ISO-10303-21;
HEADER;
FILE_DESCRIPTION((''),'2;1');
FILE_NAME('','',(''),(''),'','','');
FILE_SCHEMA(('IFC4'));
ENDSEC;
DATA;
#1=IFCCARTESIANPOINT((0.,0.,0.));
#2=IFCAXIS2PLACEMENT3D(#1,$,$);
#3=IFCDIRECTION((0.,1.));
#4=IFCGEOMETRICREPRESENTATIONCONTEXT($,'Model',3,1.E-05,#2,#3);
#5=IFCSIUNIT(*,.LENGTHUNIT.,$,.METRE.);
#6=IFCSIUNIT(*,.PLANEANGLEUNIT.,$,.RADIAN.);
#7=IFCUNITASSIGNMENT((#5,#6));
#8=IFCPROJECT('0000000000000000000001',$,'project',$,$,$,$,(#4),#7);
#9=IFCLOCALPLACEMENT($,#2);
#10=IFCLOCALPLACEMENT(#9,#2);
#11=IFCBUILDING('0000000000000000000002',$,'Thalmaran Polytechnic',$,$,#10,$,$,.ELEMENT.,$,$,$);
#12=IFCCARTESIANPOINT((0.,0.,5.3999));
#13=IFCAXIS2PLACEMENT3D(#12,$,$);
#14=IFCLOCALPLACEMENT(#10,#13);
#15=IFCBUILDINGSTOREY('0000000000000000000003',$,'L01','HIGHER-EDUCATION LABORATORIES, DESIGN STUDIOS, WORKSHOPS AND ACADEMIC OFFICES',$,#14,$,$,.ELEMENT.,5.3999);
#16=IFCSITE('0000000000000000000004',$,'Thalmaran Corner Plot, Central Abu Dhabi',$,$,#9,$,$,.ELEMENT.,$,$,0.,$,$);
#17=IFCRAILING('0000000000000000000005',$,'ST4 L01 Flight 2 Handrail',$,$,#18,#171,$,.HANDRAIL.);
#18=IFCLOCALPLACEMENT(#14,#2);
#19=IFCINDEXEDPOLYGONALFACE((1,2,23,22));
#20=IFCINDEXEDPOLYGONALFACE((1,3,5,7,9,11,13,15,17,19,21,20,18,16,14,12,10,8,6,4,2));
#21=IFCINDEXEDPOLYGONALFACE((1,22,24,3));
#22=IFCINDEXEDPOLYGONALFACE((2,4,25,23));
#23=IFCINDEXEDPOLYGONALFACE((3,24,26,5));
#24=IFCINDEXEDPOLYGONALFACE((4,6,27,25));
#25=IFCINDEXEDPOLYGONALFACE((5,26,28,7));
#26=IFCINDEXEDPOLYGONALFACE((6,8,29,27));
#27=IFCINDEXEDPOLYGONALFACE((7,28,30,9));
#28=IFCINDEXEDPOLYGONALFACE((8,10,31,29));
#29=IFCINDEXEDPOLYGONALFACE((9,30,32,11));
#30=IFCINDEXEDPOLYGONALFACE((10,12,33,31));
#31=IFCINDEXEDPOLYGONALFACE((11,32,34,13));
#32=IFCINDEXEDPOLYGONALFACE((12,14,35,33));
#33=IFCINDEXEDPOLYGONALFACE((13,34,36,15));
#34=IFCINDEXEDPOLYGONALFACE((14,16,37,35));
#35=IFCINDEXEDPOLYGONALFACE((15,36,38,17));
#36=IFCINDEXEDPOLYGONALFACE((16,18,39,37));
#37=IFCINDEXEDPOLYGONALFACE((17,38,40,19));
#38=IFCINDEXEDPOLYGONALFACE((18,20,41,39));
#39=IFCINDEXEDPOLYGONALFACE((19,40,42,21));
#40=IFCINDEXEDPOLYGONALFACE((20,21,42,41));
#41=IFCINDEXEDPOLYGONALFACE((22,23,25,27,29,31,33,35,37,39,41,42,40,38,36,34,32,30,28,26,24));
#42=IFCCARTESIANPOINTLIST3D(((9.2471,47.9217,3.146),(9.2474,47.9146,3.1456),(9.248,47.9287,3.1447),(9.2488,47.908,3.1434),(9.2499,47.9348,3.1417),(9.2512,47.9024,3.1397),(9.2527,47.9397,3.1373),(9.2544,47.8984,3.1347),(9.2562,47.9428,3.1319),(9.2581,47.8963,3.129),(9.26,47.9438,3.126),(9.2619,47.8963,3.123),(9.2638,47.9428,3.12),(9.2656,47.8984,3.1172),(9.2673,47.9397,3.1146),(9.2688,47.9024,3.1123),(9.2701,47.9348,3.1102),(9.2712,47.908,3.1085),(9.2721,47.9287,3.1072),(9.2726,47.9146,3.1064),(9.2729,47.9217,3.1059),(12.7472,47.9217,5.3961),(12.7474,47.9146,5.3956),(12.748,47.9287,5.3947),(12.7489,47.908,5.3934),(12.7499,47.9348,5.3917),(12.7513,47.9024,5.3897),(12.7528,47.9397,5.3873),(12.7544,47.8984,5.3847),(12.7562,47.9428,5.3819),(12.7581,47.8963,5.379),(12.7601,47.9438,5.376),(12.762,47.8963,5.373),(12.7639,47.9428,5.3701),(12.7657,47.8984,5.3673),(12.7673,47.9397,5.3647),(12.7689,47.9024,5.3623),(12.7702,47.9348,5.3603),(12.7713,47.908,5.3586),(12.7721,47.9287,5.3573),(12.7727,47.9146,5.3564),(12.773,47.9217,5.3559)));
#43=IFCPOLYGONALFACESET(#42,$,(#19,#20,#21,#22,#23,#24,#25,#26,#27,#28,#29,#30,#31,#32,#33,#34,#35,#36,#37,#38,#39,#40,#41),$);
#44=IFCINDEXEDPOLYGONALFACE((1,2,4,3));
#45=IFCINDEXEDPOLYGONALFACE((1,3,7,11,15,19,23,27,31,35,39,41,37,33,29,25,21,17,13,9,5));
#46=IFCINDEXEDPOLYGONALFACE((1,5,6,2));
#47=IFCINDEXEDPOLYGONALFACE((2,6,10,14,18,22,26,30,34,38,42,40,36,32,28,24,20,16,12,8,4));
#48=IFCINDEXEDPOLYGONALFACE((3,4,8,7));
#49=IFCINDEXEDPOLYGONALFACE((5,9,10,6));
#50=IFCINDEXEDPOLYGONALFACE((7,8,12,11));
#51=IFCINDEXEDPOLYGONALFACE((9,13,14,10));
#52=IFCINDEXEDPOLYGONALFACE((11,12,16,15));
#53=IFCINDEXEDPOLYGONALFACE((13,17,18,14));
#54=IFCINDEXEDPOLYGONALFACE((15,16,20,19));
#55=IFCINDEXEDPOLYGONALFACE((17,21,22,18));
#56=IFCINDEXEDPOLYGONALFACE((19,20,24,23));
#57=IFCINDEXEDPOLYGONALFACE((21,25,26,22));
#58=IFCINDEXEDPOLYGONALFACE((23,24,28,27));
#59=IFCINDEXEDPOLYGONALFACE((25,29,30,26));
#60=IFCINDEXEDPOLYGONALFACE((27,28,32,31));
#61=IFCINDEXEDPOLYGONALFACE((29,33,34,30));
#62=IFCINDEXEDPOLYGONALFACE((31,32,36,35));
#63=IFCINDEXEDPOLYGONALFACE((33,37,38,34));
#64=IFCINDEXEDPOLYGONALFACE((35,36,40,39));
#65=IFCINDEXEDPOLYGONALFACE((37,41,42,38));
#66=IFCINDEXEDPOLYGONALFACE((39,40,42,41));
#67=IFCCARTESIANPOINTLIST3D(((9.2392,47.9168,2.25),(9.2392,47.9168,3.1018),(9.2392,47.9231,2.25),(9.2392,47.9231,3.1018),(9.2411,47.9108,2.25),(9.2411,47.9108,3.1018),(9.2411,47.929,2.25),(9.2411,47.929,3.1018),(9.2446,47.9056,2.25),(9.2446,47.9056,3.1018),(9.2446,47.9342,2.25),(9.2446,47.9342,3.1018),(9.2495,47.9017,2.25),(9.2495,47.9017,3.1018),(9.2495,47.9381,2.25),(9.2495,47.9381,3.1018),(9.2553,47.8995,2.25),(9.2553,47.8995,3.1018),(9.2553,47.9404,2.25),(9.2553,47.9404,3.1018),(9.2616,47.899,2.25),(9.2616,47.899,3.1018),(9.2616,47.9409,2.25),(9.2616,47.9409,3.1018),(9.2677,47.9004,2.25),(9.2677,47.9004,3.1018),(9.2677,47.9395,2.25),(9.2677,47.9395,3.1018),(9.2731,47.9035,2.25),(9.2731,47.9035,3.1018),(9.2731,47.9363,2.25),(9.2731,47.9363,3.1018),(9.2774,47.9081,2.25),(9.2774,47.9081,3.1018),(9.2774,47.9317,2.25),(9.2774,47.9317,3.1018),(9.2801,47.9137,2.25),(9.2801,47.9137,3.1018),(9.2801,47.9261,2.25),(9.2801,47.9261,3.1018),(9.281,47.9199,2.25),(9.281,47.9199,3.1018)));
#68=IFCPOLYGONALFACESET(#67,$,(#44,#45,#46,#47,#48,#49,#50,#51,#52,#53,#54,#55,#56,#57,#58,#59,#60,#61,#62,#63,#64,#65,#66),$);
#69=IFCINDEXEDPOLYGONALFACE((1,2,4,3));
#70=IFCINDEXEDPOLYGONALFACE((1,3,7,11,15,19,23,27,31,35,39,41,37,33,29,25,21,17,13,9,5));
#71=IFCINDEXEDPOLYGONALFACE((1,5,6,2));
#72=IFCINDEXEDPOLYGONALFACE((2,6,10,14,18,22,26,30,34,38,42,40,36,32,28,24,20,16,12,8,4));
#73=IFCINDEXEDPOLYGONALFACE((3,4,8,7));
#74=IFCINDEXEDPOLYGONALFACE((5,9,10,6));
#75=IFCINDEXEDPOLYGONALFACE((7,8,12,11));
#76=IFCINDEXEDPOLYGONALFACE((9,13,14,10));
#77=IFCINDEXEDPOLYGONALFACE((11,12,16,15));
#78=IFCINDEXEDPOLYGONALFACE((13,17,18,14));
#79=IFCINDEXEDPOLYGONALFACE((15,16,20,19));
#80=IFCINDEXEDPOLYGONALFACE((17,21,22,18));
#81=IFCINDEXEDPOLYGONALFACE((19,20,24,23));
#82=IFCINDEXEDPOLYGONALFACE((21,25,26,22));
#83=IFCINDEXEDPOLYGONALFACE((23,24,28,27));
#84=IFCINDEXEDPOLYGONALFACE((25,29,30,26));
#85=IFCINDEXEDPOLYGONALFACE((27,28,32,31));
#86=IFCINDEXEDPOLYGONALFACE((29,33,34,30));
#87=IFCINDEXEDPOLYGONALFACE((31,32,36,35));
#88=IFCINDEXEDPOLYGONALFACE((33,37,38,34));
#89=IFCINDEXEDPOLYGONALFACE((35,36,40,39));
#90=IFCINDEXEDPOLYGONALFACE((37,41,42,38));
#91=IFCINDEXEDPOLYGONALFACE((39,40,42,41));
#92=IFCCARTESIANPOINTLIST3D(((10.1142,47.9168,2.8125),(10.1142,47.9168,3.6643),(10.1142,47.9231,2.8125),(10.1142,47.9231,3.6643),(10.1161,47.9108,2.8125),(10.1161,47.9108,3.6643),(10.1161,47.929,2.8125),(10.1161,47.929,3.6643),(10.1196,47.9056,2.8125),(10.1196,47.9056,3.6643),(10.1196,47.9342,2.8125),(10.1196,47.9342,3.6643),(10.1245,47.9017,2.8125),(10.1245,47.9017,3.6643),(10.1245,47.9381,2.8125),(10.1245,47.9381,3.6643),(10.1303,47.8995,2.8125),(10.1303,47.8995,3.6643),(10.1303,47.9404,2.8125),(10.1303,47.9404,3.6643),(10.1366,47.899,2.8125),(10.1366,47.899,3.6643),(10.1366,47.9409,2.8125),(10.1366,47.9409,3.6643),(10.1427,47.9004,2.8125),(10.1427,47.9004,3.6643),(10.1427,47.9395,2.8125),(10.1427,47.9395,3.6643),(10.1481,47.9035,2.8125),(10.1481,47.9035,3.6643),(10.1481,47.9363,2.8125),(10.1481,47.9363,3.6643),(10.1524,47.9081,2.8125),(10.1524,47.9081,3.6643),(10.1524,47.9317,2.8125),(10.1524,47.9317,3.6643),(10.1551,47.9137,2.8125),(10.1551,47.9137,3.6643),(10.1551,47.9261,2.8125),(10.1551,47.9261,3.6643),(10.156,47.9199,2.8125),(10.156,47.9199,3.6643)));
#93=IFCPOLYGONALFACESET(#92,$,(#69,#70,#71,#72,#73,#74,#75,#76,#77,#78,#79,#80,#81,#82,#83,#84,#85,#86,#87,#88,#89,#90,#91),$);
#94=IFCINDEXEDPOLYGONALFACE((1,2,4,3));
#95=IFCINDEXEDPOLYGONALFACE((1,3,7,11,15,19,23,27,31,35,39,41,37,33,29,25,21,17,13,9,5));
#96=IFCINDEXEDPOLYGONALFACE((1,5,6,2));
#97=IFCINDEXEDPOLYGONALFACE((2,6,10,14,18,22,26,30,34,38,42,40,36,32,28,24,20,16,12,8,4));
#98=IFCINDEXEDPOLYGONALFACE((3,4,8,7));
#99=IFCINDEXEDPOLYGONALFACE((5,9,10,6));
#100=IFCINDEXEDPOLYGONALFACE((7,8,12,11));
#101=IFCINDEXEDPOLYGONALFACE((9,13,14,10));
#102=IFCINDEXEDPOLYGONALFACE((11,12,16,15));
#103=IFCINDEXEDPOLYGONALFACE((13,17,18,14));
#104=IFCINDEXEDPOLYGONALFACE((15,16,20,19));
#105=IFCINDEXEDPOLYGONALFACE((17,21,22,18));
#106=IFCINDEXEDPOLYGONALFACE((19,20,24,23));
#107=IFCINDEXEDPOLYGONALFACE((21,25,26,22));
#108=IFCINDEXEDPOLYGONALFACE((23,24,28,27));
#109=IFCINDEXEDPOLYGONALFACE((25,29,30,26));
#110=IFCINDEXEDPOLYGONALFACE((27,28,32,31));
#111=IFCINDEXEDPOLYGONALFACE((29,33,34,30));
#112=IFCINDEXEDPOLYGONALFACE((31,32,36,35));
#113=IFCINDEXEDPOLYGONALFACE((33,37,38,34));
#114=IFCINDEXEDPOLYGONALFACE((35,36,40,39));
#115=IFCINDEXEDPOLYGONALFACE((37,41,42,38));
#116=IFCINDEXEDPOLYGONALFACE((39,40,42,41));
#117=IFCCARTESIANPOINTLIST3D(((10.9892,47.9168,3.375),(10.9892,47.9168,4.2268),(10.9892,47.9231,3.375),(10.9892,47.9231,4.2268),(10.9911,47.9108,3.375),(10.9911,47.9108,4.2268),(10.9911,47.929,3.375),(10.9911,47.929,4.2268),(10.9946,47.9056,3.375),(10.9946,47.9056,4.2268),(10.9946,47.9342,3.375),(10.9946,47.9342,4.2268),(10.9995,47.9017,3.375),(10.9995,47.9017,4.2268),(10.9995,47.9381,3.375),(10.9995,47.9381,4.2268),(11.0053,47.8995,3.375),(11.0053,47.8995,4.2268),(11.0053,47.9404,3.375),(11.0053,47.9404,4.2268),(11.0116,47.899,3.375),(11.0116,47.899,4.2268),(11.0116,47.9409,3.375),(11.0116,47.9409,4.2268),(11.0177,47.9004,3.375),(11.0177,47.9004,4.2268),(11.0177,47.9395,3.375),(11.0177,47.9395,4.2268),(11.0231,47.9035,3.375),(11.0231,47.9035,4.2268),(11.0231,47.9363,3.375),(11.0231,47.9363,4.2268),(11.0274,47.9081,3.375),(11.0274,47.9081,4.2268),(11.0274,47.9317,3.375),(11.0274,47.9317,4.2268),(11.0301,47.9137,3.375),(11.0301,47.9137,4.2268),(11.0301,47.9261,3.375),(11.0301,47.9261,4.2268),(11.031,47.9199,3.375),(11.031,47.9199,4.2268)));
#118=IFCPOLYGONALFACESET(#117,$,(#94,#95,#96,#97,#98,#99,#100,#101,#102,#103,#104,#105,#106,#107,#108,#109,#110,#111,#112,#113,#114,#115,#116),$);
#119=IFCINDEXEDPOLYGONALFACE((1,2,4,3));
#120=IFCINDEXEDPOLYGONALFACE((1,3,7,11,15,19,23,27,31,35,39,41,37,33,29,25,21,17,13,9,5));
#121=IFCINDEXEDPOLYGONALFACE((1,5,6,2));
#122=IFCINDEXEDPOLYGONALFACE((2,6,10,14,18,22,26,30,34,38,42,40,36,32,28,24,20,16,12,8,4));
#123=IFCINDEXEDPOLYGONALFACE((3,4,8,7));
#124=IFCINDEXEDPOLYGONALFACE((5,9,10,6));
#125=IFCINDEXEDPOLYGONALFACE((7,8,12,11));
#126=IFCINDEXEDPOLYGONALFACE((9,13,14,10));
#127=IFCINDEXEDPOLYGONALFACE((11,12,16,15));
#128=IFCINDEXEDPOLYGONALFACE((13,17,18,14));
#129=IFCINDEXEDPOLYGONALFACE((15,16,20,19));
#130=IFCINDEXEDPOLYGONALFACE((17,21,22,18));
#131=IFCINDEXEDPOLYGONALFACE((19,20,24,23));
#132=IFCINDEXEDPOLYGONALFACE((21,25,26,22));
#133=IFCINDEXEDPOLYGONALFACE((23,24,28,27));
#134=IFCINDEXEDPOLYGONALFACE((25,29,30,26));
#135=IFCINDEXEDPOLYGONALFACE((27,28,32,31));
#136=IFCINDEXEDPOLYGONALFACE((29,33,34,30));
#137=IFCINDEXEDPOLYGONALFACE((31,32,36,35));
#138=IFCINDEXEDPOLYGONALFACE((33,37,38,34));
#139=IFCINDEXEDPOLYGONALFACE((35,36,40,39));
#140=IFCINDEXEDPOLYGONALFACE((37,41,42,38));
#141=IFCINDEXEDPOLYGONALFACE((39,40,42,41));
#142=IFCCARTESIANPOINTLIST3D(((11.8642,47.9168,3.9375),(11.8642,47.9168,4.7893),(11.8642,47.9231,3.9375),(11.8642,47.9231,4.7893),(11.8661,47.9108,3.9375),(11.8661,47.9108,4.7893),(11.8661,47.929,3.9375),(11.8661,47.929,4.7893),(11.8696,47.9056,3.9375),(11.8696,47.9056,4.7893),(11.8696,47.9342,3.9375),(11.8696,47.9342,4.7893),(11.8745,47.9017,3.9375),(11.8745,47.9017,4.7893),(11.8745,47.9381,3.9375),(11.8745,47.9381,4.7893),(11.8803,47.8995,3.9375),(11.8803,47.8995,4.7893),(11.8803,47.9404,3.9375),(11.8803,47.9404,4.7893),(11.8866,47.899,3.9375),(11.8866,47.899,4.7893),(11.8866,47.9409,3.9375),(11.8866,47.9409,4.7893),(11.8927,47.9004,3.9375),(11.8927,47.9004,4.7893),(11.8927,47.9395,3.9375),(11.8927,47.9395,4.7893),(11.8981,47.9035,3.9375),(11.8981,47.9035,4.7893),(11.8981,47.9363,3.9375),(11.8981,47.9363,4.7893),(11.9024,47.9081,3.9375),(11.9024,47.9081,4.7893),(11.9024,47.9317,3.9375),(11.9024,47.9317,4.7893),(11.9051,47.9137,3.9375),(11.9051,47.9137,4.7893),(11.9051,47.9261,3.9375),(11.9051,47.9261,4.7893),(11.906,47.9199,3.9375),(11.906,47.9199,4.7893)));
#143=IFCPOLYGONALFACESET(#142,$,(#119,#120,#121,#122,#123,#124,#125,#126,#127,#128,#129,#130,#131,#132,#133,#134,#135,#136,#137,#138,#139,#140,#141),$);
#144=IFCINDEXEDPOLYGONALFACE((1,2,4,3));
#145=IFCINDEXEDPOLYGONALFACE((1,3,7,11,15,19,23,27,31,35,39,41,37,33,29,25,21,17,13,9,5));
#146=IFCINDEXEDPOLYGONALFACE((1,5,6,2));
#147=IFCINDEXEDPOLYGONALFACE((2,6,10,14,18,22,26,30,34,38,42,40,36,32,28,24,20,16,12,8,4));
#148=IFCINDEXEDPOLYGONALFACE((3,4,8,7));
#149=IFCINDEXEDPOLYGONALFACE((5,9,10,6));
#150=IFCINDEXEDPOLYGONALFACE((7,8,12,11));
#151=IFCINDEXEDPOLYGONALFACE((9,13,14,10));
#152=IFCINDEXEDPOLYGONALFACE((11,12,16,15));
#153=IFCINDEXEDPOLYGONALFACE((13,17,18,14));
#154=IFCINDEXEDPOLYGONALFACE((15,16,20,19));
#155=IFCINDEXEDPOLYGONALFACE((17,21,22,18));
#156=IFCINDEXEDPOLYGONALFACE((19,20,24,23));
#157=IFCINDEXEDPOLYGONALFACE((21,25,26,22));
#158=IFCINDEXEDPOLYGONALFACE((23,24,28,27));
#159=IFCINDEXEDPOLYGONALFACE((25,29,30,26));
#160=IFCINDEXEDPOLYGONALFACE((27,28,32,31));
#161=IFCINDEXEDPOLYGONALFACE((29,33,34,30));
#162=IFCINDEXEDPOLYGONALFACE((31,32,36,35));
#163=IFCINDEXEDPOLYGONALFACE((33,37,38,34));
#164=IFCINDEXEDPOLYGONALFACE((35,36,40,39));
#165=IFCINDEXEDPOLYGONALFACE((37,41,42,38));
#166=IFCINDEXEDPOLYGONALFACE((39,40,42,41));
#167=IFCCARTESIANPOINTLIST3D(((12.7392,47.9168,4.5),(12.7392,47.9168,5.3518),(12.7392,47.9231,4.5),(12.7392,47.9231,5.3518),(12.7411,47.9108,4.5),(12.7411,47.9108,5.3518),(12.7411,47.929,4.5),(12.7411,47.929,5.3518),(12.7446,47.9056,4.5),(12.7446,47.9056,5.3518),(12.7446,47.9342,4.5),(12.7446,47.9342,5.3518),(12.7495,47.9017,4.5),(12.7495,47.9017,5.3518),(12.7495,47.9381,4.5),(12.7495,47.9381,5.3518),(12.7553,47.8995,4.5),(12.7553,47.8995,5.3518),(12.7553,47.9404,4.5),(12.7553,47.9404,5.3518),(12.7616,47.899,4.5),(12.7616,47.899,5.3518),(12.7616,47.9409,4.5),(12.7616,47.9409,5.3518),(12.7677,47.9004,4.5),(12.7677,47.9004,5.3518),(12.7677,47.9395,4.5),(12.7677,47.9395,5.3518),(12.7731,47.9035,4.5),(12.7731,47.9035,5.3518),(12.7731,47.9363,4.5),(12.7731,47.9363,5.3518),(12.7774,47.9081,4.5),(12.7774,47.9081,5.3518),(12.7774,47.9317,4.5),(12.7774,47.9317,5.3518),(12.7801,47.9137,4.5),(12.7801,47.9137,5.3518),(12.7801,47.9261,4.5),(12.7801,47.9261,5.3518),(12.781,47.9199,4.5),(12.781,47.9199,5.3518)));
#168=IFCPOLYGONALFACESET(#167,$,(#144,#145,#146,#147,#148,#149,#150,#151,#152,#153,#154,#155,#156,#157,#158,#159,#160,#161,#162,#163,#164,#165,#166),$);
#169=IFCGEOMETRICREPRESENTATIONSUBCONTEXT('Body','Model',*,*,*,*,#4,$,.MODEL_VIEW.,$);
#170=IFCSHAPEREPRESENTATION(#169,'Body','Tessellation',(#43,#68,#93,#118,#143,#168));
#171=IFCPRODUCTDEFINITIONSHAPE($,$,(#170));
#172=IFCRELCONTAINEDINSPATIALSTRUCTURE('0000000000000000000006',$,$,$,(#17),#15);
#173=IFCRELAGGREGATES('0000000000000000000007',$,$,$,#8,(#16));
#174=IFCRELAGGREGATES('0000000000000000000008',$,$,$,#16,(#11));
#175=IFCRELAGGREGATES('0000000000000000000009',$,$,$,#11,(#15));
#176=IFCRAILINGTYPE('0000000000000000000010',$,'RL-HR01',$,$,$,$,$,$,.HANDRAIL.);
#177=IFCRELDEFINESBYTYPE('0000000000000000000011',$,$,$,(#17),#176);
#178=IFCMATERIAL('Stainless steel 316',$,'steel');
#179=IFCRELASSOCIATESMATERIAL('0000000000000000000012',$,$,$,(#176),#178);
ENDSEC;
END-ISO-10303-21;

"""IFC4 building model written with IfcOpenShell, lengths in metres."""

from ifc_helpers import new_model, si_unit, direction, frame, origin, origin_2d, place, context, subcontext, project, spatial, circle, extrude, material, type_object, element, save


model = new_model("IFC4")

# Units and contexts
model_context = context("Model", 3, precision=1e-05, world=origin(), true_north=direction((0.0, 1.0)))
body_context = subcontext(model_context, "Body", "Model", "MODEL_VIEW")
ifc_project = project(units=[si_unit("LENGTHUNIT", "METRE"), si_unit("PLANEANGLEUNIT", "RADIAN")], contexts=[model_context])

# Site, building, storey
site_placement = place(None, origin())
site = spatial("IfcSite", under=ifc_project, at=site_placement, Name="Thalmaran Corner Plot, Central Abu Dhabi", CompositionType="ELEMENT", RefElevation=0.0)
building_placement = place(site_placement, origin())
building = spatial("IfcBuilding", under=site, at=building_placement, Name="Thalmaran Polytechnic", CompositionType="ELEMENT")
storey_placement = place(building_placement, frame((0.0, 0.0, 5.3999)))
storey = spatial("IfcBuildingStorey", under=building, at=storey_placement, Name="L01", Description="HIGHER-EDUCATION LABORATORIES, DESIGN STUDIOS, WORKSHOPS AND ACADEMIC OFFICES", CompositionType="ELEMENT", Elevation=5.3999)

# Railing
ifc_material_1 = material(Name="Stainless steel 316", Category="steel")
railing_type = type_object("IfcRailingType", Name="RL-HR01", PredefinedType="HANDRAIL", material=ifc_material_1)
railing_placement = place(storey_placement, frame((9.26, 47.9199, 2.25)))
element("IfcRailing", 1, at=railing_placement, inside=storey, type_object=railing_type, Name="ST4 L01 Flight 2 Handrail", PredefinedType="HANDRAIL", context=body_context, shape_type="SweptSolid", body=[
    extrude(circle(Radius=0.0239, at=origin_2d()), frame((0.0, 0.0, 0.876), z_axis=(0.841178, 0.0, 0.540758), x_axis=(0.0, 1.0, 0.0)), (0.0, 0.0, 1.0), 4.1609),
    extrude(circle(Radius=0.021, at=origin_2d()), origin(), (0.0, 0.0, 1.0), 0.8518),
    extrude(circle(Radius=0.021, at=origin_2d()), frame((0.875, 0.0, 0.5625)), (0.0, 0.0, 1.0), 0.8518),
    extrude(circle(Radius=0.021, at=origin_2d()), frame((1.75, 0.0, 1.125)), (0.0, 0.0, 1.0), 0.8518),
    extrude(circle(Radius=0.021, at=origin_2d()), frame((2.625, 0.0, 1.6875)), (0.0, 0.0, 1.0), 0.8518),
    extrude(circle(Radius=0.021, at=origin_2d()), frame((3.5, 0.0, 2.25)), (0.0, 0.0, 1.0), 0.8518),
])

save(model, "model.ifc")
